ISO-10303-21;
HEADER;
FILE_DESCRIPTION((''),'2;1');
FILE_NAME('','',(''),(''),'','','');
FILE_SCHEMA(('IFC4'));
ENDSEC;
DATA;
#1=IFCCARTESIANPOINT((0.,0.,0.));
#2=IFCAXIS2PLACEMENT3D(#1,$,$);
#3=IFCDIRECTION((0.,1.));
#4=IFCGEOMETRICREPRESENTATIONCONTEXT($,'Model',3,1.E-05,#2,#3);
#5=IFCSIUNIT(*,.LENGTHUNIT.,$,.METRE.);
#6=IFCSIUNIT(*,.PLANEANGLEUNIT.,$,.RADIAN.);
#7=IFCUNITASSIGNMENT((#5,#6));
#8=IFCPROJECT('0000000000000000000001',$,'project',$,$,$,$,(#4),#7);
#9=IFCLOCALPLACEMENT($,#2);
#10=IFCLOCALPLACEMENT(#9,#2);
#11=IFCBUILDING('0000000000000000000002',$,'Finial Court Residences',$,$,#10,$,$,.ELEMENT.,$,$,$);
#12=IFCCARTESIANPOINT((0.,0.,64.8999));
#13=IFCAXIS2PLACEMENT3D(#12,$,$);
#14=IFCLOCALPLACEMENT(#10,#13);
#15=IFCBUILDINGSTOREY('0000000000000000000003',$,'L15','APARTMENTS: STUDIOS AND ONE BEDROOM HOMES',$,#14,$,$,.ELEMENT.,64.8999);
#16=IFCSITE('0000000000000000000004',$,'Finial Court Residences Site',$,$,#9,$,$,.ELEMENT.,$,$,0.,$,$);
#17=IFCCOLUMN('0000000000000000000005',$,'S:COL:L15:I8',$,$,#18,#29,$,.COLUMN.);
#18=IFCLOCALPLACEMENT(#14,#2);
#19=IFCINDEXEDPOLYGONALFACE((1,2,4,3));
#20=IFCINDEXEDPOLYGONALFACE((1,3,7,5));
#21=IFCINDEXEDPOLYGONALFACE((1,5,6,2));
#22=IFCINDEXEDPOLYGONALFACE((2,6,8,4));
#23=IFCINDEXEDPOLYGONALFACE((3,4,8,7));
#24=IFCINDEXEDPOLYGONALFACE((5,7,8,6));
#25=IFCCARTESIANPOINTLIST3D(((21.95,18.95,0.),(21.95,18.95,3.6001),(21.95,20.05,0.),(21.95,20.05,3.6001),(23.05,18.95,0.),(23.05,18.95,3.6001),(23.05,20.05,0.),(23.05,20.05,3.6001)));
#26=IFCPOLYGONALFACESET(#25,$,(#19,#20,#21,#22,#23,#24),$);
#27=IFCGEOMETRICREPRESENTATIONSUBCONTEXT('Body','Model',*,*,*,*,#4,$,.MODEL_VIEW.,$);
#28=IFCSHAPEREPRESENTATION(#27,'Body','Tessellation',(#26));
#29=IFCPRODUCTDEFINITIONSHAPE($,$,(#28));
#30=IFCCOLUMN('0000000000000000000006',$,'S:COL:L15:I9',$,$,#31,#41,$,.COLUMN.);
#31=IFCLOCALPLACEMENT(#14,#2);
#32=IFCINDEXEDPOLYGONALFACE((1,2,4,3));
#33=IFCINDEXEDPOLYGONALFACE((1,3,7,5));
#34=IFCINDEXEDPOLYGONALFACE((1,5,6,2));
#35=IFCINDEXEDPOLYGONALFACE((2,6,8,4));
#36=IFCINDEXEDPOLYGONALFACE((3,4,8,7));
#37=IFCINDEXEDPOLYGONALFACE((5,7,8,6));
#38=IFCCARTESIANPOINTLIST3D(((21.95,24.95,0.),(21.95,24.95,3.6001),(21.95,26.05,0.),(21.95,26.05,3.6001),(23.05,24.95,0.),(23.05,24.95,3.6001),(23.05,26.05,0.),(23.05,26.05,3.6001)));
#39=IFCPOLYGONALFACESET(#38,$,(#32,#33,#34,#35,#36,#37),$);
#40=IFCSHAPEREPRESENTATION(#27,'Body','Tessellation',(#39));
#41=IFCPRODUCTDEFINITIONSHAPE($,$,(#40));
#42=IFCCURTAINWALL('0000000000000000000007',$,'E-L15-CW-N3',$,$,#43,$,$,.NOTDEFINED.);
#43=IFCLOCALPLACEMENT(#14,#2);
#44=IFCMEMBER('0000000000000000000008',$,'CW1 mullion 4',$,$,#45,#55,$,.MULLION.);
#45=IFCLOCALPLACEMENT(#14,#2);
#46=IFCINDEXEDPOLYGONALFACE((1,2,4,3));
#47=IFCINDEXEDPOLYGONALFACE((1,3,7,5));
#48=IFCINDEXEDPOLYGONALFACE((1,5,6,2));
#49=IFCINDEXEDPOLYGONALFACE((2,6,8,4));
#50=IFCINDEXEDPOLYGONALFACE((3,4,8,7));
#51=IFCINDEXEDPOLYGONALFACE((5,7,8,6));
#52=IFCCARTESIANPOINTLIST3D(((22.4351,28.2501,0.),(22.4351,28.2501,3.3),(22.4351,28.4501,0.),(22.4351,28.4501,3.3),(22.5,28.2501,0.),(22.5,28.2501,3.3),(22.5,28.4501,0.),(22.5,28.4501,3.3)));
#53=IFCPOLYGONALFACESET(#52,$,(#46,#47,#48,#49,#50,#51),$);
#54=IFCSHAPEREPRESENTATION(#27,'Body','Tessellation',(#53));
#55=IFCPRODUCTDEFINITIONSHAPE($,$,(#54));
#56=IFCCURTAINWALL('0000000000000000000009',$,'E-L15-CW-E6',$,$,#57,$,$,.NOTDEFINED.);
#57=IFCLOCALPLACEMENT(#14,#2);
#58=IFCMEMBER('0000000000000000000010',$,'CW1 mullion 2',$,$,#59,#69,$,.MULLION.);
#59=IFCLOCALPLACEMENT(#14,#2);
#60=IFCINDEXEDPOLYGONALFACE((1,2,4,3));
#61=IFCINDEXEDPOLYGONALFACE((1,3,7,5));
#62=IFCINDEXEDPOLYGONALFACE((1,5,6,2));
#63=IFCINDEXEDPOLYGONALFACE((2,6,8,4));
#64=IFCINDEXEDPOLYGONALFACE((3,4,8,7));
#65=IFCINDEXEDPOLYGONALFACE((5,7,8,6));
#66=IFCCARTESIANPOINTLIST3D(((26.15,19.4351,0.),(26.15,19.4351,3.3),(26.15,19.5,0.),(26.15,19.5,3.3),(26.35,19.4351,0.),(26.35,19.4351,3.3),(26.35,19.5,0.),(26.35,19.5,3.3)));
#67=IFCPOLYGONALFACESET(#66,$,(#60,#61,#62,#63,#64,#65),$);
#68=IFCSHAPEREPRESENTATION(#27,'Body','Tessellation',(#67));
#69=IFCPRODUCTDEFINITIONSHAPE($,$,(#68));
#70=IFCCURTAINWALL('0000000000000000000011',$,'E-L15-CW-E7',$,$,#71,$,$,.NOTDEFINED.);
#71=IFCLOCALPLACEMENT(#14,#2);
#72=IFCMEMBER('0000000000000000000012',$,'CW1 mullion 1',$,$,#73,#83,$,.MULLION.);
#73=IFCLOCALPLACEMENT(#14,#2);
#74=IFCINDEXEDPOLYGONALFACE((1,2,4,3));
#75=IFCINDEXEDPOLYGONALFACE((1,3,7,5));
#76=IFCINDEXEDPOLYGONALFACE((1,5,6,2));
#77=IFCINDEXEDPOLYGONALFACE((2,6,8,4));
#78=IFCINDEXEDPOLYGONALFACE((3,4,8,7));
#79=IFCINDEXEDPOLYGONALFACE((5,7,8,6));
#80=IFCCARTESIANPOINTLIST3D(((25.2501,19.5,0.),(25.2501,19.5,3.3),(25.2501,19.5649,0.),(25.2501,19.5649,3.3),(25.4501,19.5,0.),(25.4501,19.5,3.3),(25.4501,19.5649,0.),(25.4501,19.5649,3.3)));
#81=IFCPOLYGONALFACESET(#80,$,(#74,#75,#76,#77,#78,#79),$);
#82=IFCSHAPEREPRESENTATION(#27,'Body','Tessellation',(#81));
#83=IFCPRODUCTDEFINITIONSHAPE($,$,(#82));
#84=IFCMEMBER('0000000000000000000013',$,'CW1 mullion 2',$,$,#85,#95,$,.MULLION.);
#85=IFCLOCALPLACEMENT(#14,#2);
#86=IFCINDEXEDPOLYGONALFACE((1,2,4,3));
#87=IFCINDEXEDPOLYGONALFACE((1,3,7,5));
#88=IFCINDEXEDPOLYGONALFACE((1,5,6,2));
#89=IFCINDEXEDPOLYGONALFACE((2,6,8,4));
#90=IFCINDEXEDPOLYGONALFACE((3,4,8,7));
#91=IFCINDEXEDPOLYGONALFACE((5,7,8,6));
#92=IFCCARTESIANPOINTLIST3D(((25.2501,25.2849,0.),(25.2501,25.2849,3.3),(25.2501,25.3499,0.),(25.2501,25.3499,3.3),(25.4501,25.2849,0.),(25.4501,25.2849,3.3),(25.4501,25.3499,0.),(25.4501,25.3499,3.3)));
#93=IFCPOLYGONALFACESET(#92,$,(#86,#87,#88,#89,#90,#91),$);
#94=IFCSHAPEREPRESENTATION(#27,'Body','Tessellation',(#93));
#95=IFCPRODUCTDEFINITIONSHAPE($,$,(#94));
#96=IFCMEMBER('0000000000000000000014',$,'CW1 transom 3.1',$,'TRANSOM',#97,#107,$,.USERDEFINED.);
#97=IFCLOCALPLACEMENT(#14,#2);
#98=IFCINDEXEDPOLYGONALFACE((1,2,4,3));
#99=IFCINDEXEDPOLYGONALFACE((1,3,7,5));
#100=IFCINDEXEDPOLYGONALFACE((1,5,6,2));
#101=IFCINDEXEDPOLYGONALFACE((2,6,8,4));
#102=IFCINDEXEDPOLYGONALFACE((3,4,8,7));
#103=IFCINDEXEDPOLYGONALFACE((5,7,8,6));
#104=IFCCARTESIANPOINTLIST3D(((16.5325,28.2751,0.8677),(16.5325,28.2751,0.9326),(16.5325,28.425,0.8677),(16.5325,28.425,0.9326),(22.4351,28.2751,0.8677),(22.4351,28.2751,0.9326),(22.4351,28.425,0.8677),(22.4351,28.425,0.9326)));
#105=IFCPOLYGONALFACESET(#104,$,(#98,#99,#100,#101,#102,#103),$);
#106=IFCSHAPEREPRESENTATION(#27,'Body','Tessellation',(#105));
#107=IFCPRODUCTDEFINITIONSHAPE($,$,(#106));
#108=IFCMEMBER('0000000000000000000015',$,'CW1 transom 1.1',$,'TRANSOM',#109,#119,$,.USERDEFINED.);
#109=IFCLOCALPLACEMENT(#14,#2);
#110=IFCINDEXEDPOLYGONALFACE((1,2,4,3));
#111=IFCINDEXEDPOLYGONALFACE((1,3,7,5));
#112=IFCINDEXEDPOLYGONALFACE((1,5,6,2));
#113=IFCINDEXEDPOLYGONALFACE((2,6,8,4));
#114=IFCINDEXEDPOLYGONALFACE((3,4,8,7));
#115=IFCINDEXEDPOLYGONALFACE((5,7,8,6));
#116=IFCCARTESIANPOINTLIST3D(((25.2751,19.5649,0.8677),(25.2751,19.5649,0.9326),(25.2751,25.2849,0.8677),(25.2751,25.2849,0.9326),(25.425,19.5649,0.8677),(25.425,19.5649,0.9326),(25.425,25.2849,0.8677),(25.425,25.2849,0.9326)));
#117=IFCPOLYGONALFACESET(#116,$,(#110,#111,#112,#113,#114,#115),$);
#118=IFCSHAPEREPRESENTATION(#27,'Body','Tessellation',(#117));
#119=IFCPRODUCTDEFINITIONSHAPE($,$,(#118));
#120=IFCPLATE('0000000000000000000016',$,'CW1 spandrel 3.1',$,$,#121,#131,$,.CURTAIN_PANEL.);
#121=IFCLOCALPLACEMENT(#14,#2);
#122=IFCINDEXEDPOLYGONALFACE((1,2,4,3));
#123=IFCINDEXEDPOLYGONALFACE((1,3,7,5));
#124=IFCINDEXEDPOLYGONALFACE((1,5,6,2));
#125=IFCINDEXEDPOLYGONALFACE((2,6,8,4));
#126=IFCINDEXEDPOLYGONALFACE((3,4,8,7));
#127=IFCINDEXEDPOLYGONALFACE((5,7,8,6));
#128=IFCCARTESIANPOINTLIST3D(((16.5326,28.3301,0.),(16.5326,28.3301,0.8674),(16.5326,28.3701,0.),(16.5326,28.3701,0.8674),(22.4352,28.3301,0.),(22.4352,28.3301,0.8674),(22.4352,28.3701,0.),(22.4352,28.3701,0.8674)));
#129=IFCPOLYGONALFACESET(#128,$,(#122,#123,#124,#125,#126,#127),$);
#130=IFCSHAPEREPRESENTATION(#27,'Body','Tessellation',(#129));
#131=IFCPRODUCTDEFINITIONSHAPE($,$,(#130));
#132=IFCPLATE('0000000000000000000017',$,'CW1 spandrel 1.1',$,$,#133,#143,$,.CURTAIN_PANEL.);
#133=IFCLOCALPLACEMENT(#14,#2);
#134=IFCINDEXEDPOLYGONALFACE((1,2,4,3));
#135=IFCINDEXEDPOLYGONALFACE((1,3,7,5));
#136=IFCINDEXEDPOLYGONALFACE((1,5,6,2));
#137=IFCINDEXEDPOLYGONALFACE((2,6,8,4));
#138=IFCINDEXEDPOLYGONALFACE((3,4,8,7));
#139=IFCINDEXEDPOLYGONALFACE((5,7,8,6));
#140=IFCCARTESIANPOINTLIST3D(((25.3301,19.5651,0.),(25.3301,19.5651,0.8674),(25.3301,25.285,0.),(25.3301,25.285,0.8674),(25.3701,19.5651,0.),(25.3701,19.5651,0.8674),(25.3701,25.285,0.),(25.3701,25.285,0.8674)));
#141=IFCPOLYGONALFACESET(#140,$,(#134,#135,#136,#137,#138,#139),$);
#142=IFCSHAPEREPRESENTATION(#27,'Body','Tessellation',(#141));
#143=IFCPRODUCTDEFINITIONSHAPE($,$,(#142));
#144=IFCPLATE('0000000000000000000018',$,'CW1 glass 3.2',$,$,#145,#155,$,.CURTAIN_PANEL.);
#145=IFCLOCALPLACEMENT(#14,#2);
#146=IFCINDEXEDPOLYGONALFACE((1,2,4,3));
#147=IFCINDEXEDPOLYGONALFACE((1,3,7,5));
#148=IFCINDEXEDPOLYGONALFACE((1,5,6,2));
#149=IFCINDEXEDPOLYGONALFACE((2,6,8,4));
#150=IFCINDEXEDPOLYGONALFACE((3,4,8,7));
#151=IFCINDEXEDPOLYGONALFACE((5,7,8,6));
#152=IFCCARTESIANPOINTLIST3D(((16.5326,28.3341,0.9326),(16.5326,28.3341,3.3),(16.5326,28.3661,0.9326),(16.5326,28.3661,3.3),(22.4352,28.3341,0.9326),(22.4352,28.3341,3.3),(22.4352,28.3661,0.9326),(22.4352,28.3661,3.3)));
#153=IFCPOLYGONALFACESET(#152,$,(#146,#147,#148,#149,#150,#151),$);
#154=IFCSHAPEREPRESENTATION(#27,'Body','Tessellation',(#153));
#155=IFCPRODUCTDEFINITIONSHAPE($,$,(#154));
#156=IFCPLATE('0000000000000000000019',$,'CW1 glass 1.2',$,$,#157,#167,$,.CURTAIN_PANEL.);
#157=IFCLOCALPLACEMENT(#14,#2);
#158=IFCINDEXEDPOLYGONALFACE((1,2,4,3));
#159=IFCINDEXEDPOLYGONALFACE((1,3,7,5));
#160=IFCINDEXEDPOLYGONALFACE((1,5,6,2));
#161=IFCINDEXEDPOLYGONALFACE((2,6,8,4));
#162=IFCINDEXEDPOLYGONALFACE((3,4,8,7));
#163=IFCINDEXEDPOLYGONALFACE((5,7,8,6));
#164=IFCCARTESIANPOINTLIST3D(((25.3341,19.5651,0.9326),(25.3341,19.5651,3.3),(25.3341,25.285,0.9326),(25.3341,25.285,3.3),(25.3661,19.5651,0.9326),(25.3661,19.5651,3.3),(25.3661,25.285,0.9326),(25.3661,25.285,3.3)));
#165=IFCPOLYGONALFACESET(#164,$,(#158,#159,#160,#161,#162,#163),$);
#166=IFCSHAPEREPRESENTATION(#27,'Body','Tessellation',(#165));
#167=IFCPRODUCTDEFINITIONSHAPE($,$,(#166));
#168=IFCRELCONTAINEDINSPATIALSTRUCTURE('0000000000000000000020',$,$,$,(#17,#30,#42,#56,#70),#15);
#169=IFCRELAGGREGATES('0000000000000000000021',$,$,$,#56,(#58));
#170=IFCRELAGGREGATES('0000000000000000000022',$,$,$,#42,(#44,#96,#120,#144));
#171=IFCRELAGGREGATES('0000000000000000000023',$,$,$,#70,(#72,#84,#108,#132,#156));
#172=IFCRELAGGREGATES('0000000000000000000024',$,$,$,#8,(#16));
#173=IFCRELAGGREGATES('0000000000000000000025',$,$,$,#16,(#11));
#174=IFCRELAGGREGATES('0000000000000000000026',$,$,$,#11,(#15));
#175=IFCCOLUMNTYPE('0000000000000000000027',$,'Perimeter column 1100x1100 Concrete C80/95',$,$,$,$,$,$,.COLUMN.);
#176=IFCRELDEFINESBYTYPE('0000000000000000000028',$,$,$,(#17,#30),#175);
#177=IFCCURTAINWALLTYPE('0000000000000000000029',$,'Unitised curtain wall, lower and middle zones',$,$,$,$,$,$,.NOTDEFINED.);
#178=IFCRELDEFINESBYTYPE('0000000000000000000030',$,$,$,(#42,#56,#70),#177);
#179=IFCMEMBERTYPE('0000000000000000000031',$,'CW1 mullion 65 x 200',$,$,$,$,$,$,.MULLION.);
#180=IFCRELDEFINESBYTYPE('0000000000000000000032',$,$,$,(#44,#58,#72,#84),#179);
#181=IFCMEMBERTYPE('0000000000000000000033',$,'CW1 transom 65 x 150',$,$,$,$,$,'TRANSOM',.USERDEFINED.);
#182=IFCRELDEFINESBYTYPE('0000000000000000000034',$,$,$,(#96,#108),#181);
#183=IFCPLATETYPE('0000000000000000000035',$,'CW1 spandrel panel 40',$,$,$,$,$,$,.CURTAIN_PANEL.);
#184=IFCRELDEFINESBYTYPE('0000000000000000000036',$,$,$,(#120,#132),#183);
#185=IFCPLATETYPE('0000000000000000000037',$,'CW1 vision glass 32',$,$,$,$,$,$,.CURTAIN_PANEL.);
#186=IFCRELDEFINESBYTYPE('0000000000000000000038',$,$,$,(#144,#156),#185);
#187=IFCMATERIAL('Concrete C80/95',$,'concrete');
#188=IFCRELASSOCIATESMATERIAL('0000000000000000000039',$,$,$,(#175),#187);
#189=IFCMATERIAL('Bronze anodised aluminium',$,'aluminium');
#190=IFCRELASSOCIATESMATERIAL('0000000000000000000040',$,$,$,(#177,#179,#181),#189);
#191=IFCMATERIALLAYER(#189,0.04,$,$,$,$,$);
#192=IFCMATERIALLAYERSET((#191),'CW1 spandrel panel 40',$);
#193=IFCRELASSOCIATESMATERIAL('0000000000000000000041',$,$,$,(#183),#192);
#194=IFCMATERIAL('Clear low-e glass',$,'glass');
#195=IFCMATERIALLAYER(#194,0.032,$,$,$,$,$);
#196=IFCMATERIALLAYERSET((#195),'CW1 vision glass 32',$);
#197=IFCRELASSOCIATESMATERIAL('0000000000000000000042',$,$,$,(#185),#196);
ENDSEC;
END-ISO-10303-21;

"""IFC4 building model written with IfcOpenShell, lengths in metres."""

from ifc_helpers import new_model, si_unit, direction, frame, origin, origin_2d, place, context, subcontext, project, spatial, rectangle, extrude, material, layer, layer_set, material_profile, profile_set, type_object, element, aggregate, save


model = new_model("IFC4")

# Units and contexts
model_context = context("Model", 3, precision=1e-05, world=origin(), true_north=direction((0.0, 1.0)))
body_context = subcontext(model_context, "Body", "Model", "MODEL_VIEW")
ifc_project = project(units=[si_unit("LENGTHUNIT", "METRE"), si_unit("PLANEANGLEUNIT", "RADIAN")], contexts=[model_context])

# Site, building, storey
site_placement = place(None, origin())
site = spatial("IfcSite", under=ifc_project, at=site_placement, Name="Finial Court Residences Site", CompositionType="ELEMENT", RefElevation=0.0)
building_placement = place(site_placement, origin())
building = spatial("IfcBuilding", under=site, at=building_placement, Name="Finial Court Residences", CompositionType="ELEMENT")
storey_placement = place(building_placement, frame((0.0, 0.0, 64.8999)))
storey = spatial("IfcBuildingStorey", under=building, at=storey_placement, Name="L15", Description="APARTMENTS: STUDIOS AND ONE BEDROOM HOMES", CompositionType="ELEMENT", Elevation=64.8999)

# Columns
ifc_material_1 = material(Name="Concrete C80/95", Category="concrete")
ifc_material_profile_1 = material_profile(ifc_material_1, rectangle(XDim=1.1001, YDim=1.1001, at=origin_2d()), Name="1100x1100")
ifc_profile_set_1 = profile_set([ifc_material_profile_1], Name="Concrete C80/95")
column_type = type_object("IfcColumnType", Name="Perimeter column 1100x1100 Concrete C80/95", PredefinedType="COLUMN", material=ifc_profile_set_1)
for number, where, z_axis, x_axis, name in (
    (1, (22.5, 19.5, 0.0), (0.0, 0.0, 1.0), (1.0, 0.0, 0.0), "S:COL:L15:I8"),
    (2, (22.5, 25.5, 0.0), (0.0, 0.0, 1.0), (1.0, 0.0, 0.0), "S:COL:L15:I9"),
):
    element("IfcColumn", number, at=place(storey_placement, frame(where, z_axis=z_axis, x_axis=x_axis)), inside=storey, type_object=column_type, Name=name, PredefinedType="COLUMN", context=body_context, shape_type="SweptSolid", body=[
        extrude(rectangle(XDim=1.1001, YDim=1.1001, at=origin_2d()), origin(), (0.0, 0.0, 1.0), 3.6001),
    ])

# Curtain walls, members
ifc_material_2 = material(Name="Bronze anodised aluminium", Category="aluminium")
curtain_wall_type = type_object("IfcCurtainWallType", Name="Unitised curtain wall, lower and middle zones", PredefinedType="NOTDEFINED", material=ifc_material_2)
curtain_wall_1_placement = place(storey_placement, origin())
curtain_wall_1 = element("IfcCurtainWall", 3, at=curtain_wall_1_placement, inside=storey, type_object=curtain_wall_type, Name="E-L15-CW-N3", PredefinedType="NOTDEFINED")
ifc_material_profile_2 = material_profile(ifc_material_2, rectangle(XDim=0.2, YDim=0.0649, at=origin_2d()), Name="CW1 mullion 65 x 200")
ifc_profile_set_2 = profile_set([ifc_material_profile_2], Name="Bronze anodised aluminium")
member_type_1 = type_object("IfcMemberType", Name="CW1 mullion 65 x 200", PredefinedType="MULLION", material=ifc_profile_set_2)
member_1_placement = place(storey_placement, frame((22.4675, 28.3501, 0.0), z_axis=(0.0, 0.0, 1.0), x_axis=(0.0, 1.0, 0.0)))
member_1 = element("IfcMember", 4, at=member_1_placement, type_object=member_type_1, Name="CW1 mullion 4", PredefinedType="MULLION", context=body_context, shape_type="SweptSolid", body=[
    extrude(rectangle(XDim=0.2, YDim=0.0649, at=origin_2d()), origin(), (0.0, 0.0, 1.0), 3.3),
])
curtain_wall_2_placement = place(storey_placement, origin())
curtain_wall_2 = element("IfcCurtainWall", 5, at=curtain_wall_2_placement, inside=storey, type_object=curtain_wall_type, Name="E-L15-CW-E6", PredefinedType="NOTDEFINED")
member_2_placement = place(storey_placement, frame((26.25, 19.4675, 0.0), z_axis=(0.0, 0.0, 1.0), x_axis=(-1.0, 0.0, 0.0)))
member_2 = element("IfcMember", 6, at=member_2_placement, type_object=member_type_1, Name="CW1 mullion 2", PredefinedType="MULLION", context=body_context, shape_type="SweptSolid", body=[
    extrude(rectangle(XDim=0.2, YDim=0.0649, at=origin_2d()), origin(), (0.0, 0.0, 1.0), 3.3),
])
aggregate(curtain_wall_2, [member_2])

# Curtain wall, members
curtain_wall_3_placement = place(storey_placement, origin())
curtain_wall_3 = element("IfcCurtainWall", 7, at=curtain_wall_3_placement, inside=storey, type_object=curtain_wall_type, Name="E-L15-CW-E7", PredefinedType="NOTDEFINED")
member_3_placement = place(storey_placement, frame((25.3501, 19.5325, 0.0), z_axis=(0.0, 0.0, 1.0), x_axis=(-1.0, 0.0, 0.0)))
member_3 = element("IfcMember", 8, at=member_3_placement, type_object=member_type_1, Name="CW1 mullion 1", PredefinedType="MULLION", context=body_context, shape_type="SweptSolid", body=[
    extrude(rectangle(XDim=0.2, YDim=0.0649, at=origin_2d()), origin(), (0.0, 0.0, 1.0), 3.3),
])
member_4_placement = place(storey_placement, frame((25.3501, 25.3174, 0.0), z_axis=(0.0, 0.0, 1.0), x_axis=(-1.0, 0.0, 0.0)))
member_4 = element("IfcMember", 9, at=member_4_placement, type_object=member_type_1, Name="CW1 mullion 2", PredefinedType="MULLION", context=body_context, shape_type="SweptSolid", body=[
    extrude(rectangle(XDim=0.2, YDim=0.0649, at=origin_2d()), origin(), (0.0, 0.0, 1.0), 3.3),
])

# Members
ifc_material_profile_3 = material_profile(ifc_material_2, rectangle(XDim=0.1499, YDim=0.0649, at=origin_2d()), Name="CW1 transom 65 x 150")
ifc_profile_set_3 = profile_set([ifc_material_profile_3], Name="Bronze anodised aluminium")
member_type_2 = type_object("IfcMemberType", Name="CW1 transom 65 x 150", ElementType="TRANSOM", PredefinedType="USERDEFINED", material=ifc_profile_set_3)
member_5_placement = place(storey_placement, frame((16.5325, 28.3501, 0.9001), z_axis=(1.0, 0.0, 0.0), x_axis=(0.0, 1.0, 0.0)))
member_5 = element("IfcMember", 10, at=member_5_placement, type_object=member_type_2, Name="CW1 transom 3.1", ObjectType="TRANSOM", PredefinedType="USERDEFINED", context=body_context, shape_type="SweptSolid", body=[
    extrude(rectangle(XDim=0.1499, YDim=0.0649, at=origin_2d()), origin(), (0.0, 0.0, 1.0), 5.9026),
])
member_6_placement = place(storey_placement, frame((25.3501, 19.5649, 0.9001), z_axis=(0.0, 1.0, 0.0), x_axis=(-1.0, 0.0, 0.0)))
member_6 = element("IfcMember", 11, at=member_6_placement, type_object=member_type_2, Name="CW1 transom 1.1", ObjectType="TRANSOM", PredefinedType="USERDEFINED", context=body_context, shape_type="SweptSolid", body=[
    extrude(rectangle(XDim=0.1499, YDim=0.0649, at=origin_2d()), origin(), (0.0, 0.0, 1.0), 5.72),
])

# Plates
ifc_layer_1 = layer(ifc_material_2, 0.04)
ifc_layer_set_1 = layer_set([ifc_layer_1], Name="CW1 spandrel panel 40")
plate_type_1 = type_object("IfcPlateType", Name="CW1 spandrel panel 40", PredefinedType="CURTAIN_PANEL", material=ifc_layer_set_1)
plate_1_placement = place(storey_placement, frame((19.4839, 28.3501, 0.0), z_axis=(0.0, 0.0, 1.0), x_axis=(1.0, 0.0, 0.0)))
plate_1 = element("IfcPlate", 12, at=plate_1_placement, type_object=plate_type_1, Name="CW1 spandrel 3.1", PredefinedType="CURTAIN_PANEL", context=body_context, shape_type="SweptSolid", body=[
    extrude(rectangle(XDim=5.9026, YDim=0.04, at=origin_2d()), origin(), (0.0, 0.0, 1.0), 0.8674),
])
plate_2_placement = place(storey_placement, frame((25.3501, 22.425, 0.0), z_axis=(0.0, 0.0, 1.0), x_axis=(0.0, 1.0, 0.0)))
plate_2 = element("IfcPlate", 13, at=plate_2_placement, type_object=plate_type_1, Name="CW1 spandrel 1.1", PredefinedType="CURTAIN_PANEL", context=body_context, shape_type="SweptSolid", body=[
    extrude(rectangle(XDim=5.72, YDim=0.04, at=origin_2d()), origin(), (0.0, 0.0, 1.0), 0.8674),
])
ifc_material_3 = material(Name="Clear low-e glass", Category="glass")
ifc_layer_2 = layer(ifc_material_3, 0.032)
ifc_layer_set_2 = layer_set([ifc_layer_2], Name="CW1 vision glass 32")
plate_type_2 = type_object("IfcPlateType", Name="CW1 vision glass 32", PredefinedType="CURTAIN_PANEL", material=ifc_layer_set_2)
plate_3_placement = place(storey_placement, frame((19.4839, 28.3501, 0.9326), z_axis=(0.0, 0.0, 1.0), x_axis=(1.0, 0.0, 0.0)))
plate_3 = element("IfcPlate", 14, at=plate_3_placement, type_object=plate_type_2, Name="CW1 glass 3.2", PredefinedType="CURTAIN_PANEL", context=body_context, shape_type="SweptSolid", body=[
    extrude(rectangle(XDim=5.9026, YDim=0.032, at=origin_2d()), origin(), (0.0, 0.0, 1.0), 2.3674),
])
aggregate(curtain_wall_1, [member_1, member_5, plate_1, plate_3])
plate_4_placement = place(storey_placement, frame((25.3501, 22.425, 0.9326), z_axis=(0.0, 0.0, 1.0), x_axis=(0.0, 1.0, 0.0)))
plate_4 = element("IfcPlate", 15, at=plate_4_placement, type_object=plate_type_2, Name="CW1 glass 1.2", PredefinedType="CURTAIN_PANEL", context=body_context, shape_type="SweptSolid", body=[
    extrude(rectangle(XDim=5.72, YDim=0.032, at=origin_2d()), origin(), (0.0, 0.0, 1.0), 2.3674),
])
aggregate(curtain_wall_3, [member_3, member_4, member_6, plate_2, plate_4])

save(model, "model.ifc")
